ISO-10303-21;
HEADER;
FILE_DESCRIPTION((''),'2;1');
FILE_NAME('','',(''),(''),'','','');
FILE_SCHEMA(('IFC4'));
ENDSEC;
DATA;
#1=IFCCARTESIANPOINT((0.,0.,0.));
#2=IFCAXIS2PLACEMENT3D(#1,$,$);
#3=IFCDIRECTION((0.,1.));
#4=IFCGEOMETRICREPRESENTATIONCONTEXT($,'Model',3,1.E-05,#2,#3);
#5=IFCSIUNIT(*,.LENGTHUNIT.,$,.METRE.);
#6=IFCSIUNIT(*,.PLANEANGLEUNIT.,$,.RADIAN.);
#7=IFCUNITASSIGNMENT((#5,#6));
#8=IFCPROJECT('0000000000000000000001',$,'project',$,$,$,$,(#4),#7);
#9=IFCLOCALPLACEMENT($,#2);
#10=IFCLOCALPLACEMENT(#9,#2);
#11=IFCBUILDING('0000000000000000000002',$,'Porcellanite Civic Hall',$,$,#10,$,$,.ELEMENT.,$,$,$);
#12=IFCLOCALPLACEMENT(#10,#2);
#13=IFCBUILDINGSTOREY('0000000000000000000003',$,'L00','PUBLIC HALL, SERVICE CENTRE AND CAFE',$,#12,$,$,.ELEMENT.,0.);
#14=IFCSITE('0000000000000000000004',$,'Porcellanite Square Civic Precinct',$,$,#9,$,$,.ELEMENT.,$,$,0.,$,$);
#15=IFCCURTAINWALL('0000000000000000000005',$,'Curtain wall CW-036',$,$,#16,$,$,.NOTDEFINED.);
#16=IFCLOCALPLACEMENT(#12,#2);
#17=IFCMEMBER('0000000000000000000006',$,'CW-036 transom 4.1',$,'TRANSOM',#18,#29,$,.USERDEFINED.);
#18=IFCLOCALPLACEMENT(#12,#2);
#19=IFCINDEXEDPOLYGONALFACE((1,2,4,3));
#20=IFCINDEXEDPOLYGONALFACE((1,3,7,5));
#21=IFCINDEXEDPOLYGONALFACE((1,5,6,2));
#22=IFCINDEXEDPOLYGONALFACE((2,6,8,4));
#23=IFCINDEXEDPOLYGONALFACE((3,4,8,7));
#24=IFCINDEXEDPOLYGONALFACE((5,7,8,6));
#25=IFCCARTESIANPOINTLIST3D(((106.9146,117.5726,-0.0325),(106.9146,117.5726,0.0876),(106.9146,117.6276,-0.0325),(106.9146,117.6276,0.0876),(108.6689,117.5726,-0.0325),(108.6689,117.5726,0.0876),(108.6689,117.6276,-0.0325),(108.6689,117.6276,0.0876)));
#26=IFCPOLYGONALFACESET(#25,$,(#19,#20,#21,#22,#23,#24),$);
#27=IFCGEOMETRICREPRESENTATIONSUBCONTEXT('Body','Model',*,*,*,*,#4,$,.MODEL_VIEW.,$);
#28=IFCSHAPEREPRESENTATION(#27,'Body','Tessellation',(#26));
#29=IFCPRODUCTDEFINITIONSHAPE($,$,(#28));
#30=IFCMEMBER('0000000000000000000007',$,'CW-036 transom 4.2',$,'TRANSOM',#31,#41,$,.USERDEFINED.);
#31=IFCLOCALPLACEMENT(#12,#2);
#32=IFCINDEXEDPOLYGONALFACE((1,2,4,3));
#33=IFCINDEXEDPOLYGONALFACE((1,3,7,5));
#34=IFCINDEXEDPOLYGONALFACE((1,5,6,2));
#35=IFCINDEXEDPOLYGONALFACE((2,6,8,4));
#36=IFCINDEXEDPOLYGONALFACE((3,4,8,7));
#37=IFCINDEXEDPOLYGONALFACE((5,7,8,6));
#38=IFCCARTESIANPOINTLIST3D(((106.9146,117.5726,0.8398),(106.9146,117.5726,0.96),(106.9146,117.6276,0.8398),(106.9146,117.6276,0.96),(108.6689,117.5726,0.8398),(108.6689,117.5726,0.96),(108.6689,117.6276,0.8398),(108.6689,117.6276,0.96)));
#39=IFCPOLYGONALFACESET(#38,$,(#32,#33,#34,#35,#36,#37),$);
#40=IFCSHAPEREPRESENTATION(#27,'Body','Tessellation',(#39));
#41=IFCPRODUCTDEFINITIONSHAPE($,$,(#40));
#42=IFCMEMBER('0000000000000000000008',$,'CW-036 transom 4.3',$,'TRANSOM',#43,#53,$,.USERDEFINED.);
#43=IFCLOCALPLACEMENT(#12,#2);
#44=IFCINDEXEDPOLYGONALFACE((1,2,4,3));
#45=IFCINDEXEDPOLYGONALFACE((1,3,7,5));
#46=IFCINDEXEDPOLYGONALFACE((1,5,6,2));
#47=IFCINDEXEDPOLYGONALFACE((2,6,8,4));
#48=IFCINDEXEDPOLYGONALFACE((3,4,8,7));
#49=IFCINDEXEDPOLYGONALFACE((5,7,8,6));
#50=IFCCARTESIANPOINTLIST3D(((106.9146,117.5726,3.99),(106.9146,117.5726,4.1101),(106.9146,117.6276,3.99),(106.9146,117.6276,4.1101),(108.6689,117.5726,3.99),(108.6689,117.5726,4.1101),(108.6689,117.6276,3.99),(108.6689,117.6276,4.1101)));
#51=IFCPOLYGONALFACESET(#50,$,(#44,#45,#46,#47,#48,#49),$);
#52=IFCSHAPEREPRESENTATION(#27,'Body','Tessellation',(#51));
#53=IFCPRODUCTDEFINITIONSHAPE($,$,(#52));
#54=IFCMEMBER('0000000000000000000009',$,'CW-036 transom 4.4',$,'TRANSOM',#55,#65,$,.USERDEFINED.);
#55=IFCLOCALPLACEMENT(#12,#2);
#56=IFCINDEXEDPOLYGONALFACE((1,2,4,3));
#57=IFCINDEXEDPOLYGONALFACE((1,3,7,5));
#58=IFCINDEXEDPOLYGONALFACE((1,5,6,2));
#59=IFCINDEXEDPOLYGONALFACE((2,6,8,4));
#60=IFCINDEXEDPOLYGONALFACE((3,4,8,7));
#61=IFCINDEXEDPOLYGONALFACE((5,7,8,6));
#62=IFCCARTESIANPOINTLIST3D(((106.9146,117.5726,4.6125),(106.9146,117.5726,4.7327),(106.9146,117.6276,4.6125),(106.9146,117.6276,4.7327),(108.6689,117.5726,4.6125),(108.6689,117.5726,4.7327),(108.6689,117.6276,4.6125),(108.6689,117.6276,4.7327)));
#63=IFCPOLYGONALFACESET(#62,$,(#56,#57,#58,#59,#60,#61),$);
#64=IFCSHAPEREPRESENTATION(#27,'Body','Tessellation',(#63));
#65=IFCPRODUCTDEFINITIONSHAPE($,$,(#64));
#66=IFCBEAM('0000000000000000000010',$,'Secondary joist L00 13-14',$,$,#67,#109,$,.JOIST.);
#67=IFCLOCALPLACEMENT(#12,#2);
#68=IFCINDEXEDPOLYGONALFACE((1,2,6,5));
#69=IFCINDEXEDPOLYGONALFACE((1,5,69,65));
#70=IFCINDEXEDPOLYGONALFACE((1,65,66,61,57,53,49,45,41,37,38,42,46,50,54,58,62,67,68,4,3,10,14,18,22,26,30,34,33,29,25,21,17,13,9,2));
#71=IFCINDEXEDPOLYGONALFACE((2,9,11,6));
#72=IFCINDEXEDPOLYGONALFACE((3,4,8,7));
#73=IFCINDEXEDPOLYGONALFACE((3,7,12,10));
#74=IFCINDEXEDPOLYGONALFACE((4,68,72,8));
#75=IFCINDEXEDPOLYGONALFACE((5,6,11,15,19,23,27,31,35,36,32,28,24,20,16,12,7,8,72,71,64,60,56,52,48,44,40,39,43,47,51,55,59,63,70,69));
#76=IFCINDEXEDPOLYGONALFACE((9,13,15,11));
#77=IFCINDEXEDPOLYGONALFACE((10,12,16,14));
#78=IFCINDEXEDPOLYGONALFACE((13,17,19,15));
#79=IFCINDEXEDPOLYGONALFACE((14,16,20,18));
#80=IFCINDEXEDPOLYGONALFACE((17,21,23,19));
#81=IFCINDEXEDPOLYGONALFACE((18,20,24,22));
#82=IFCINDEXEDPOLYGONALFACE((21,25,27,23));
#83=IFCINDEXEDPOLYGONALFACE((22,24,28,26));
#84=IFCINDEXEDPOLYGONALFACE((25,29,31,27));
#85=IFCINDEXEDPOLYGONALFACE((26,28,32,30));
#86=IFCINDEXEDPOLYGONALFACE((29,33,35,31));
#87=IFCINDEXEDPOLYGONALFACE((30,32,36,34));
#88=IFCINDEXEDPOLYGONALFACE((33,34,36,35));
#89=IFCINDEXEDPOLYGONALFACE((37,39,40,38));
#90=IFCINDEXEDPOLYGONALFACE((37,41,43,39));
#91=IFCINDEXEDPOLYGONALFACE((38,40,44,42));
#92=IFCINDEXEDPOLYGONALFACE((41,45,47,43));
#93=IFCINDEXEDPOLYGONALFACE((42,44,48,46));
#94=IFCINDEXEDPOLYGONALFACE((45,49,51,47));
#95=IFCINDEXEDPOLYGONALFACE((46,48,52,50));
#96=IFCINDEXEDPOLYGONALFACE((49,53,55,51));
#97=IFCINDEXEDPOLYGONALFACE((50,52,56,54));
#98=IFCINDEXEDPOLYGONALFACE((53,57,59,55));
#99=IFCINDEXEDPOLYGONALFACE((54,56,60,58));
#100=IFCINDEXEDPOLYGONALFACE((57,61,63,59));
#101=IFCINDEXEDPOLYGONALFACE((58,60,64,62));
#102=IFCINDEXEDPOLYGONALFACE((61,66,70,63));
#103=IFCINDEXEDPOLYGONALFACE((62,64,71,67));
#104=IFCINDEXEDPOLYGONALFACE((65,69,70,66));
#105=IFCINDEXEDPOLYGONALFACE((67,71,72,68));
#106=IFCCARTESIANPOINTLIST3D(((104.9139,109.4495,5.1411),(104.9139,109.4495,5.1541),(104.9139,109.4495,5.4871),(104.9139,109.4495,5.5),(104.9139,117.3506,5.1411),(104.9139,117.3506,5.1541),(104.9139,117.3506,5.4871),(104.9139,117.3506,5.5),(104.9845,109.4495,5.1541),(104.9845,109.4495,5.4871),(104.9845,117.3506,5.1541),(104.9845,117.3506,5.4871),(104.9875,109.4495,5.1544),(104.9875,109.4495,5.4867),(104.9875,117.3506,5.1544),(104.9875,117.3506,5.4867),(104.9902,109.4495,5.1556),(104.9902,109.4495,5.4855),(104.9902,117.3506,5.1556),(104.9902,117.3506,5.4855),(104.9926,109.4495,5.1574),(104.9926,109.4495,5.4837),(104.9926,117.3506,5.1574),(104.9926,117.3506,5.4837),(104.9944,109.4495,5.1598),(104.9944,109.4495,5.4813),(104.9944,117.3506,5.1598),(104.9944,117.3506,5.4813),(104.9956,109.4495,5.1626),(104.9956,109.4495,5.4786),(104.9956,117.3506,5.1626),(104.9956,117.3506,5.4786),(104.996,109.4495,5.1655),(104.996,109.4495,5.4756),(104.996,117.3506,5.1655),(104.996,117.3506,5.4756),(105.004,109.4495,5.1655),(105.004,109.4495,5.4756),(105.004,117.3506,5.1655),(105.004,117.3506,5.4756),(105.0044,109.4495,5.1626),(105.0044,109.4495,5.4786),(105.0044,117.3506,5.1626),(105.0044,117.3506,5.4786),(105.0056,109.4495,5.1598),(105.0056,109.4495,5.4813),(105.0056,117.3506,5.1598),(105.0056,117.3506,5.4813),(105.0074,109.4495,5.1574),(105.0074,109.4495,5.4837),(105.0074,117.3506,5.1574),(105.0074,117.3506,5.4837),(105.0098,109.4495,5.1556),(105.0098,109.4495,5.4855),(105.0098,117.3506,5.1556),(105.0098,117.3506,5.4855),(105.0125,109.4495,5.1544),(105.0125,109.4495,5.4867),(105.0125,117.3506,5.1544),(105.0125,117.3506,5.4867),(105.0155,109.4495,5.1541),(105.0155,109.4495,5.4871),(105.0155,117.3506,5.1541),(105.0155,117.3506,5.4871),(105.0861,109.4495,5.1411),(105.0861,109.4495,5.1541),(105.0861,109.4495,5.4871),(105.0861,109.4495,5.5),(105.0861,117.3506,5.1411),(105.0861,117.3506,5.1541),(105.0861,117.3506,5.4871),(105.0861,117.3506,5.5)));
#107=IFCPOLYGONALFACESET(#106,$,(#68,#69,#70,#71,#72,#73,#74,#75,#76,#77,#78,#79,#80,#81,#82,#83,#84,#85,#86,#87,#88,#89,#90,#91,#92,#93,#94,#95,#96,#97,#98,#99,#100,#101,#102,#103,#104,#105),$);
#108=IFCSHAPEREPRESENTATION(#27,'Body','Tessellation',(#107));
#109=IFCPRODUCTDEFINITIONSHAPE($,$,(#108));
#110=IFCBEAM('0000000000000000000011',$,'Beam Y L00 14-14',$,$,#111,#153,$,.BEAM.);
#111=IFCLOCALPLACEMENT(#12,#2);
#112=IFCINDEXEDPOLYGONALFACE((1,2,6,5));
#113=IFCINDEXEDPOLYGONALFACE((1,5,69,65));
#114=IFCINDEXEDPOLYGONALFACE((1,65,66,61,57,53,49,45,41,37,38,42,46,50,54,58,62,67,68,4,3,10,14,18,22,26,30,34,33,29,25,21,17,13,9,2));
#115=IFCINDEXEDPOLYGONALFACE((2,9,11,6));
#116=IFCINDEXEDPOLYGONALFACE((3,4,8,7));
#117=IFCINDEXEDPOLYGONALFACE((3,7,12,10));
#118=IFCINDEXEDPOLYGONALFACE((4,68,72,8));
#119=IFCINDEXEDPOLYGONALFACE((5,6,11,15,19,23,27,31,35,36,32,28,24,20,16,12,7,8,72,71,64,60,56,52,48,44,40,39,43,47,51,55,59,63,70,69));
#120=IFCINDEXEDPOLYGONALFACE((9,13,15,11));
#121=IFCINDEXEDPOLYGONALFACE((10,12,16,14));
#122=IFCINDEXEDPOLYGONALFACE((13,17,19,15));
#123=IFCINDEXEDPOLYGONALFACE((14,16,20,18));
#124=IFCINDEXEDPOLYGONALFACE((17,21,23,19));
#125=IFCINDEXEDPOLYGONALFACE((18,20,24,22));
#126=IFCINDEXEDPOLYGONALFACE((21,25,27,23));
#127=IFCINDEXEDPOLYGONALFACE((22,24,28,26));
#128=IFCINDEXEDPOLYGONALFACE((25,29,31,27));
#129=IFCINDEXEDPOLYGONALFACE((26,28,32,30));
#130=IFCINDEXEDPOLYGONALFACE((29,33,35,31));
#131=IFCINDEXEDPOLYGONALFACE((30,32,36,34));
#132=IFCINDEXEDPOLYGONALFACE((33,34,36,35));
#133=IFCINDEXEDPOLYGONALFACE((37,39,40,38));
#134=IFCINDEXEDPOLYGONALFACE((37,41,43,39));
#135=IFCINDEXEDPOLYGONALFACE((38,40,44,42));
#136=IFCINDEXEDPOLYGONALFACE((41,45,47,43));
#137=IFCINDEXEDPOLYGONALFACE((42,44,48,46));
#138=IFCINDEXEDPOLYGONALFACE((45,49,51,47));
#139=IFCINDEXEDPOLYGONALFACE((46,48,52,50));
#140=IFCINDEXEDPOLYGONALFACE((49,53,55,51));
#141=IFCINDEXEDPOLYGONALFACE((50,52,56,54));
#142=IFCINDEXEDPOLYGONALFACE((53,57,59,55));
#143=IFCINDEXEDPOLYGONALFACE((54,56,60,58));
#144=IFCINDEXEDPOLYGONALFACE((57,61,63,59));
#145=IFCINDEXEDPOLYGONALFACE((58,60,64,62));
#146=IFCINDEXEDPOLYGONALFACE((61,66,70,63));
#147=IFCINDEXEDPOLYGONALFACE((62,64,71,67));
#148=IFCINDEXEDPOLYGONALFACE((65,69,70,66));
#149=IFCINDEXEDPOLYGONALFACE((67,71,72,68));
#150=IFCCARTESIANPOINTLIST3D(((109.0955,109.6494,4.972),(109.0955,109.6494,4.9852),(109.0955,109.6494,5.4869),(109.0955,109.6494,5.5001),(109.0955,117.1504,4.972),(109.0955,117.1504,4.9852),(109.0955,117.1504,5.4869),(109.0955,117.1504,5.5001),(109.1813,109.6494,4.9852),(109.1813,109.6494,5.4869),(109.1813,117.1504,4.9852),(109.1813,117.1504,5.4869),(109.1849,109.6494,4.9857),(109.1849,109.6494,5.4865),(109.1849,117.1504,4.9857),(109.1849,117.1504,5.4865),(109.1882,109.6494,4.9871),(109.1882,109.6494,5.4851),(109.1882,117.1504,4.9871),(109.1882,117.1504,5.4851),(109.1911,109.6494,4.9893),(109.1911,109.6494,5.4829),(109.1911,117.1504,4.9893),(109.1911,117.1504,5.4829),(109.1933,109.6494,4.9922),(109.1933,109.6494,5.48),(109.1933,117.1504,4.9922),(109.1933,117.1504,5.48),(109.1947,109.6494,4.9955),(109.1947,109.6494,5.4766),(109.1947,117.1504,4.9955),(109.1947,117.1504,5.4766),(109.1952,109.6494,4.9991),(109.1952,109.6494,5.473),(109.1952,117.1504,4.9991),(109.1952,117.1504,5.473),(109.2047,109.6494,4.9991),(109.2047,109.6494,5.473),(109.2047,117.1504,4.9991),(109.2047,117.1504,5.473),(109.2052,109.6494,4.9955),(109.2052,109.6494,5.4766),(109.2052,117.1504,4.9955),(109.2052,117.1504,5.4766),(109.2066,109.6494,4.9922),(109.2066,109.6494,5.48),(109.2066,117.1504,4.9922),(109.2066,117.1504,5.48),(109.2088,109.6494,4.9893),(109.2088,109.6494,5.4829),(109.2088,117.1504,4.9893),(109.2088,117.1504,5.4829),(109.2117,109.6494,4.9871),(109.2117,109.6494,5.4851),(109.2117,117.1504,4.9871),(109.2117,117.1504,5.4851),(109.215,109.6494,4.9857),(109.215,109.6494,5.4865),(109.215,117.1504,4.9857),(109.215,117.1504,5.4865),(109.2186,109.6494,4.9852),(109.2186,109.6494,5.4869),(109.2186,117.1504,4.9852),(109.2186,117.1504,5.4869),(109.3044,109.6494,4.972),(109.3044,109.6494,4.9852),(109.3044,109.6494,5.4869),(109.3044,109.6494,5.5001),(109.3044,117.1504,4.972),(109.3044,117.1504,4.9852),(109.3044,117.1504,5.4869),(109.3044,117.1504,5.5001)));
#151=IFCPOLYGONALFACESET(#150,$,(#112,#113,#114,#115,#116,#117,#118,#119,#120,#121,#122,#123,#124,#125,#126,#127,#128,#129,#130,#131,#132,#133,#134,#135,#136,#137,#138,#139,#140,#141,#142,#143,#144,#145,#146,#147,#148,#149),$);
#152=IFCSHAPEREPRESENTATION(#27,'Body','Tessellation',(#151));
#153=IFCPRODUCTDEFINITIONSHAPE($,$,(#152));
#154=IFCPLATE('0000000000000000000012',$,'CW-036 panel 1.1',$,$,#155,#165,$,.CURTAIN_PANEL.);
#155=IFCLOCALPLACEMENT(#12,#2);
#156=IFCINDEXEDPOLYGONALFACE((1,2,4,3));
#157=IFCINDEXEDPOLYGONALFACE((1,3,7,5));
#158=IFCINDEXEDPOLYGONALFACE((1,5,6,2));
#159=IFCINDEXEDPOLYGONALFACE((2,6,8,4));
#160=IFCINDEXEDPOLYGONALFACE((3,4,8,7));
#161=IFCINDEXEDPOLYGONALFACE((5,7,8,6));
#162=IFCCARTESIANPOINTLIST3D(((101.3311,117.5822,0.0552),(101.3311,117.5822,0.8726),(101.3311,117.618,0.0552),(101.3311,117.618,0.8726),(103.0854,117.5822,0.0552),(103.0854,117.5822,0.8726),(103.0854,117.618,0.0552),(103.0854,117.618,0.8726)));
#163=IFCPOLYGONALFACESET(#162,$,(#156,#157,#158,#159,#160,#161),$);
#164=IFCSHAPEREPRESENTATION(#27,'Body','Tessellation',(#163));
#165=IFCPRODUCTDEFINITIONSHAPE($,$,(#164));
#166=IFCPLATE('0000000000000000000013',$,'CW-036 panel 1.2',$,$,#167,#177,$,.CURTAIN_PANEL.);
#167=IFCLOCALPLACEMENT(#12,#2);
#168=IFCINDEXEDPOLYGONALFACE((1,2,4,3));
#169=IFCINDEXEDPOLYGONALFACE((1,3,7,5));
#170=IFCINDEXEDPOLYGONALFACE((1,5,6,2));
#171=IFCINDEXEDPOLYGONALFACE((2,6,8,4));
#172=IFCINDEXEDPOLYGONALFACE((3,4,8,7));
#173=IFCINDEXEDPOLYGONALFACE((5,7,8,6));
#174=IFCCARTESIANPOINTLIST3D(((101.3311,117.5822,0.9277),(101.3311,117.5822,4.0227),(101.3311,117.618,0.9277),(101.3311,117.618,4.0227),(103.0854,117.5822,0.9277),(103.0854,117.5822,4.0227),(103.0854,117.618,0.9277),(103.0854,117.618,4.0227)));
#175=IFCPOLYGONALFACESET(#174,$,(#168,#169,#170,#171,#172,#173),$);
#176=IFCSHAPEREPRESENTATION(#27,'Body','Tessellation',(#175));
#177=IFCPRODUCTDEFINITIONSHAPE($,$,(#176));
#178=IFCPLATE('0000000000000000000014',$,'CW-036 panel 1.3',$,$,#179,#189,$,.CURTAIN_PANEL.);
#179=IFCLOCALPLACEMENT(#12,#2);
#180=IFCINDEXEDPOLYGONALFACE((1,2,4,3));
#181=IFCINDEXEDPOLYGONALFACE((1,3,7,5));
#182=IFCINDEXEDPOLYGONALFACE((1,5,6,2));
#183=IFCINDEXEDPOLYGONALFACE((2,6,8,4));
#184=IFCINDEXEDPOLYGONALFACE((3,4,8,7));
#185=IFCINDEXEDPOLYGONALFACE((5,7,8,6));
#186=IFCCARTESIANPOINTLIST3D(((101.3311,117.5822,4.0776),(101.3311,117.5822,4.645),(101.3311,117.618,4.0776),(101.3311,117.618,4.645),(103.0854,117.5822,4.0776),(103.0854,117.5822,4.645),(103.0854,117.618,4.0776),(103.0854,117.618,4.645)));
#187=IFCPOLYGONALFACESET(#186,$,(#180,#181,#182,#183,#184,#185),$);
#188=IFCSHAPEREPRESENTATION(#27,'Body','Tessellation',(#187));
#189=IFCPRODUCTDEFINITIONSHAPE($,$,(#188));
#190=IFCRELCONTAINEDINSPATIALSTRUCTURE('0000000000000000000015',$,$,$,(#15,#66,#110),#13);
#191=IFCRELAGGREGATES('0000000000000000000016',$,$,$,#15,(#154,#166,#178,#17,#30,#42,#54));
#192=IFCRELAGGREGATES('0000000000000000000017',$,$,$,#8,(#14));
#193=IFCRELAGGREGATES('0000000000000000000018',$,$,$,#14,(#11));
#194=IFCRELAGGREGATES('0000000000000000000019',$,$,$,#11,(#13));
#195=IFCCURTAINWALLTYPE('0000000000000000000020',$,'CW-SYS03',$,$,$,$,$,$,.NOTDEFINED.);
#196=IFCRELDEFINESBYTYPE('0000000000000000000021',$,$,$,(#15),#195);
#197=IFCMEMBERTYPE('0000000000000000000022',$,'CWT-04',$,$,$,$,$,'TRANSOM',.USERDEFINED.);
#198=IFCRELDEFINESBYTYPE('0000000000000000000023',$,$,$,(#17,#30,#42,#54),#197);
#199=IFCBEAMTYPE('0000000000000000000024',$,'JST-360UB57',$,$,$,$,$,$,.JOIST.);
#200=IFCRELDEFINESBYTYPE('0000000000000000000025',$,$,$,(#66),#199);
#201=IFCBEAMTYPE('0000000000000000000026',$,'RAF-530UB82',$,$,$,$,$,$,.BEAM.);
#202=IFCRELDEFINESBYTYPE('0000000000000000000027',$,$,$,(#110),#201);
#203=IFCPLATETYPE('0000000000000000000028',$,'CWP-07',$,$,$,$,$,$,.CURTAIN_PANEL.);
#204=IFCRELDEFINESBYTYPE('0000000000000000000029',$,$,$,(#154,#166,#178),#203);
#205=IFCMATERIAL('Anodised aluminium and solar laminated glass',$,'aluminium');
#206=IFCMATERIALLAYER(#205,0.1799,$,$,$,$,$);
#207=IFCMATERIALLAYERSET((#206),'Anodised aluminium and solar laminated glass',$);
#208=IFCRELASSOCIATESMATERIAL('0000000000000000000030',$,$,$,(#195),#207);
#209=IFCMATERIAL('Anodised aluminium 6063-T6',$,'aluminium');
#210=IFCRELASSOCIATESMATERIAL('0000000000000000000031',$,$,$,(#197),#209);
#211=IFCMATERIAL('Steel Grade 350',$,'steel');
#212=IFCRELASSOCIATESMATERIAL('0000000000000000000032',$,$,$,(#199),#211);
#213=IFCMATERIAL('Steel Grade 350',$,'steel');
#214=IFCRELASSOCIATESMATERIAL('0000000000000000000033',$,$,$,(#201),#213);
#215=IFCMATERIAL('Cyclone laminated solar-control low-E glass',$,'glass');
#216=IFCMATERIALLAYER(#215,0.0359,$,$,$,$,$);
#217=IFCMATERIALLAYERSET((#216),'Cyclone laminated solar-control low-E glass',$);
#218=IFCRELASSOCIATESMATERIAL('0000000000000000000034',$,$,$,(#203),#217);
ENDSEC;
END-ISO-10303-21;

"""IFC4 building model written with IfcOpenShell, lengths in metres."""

from ifc_helpers import new_model, si_unit, direction, frame, origin, origin_2d, place, context, subcontext, project, spatial, rectangle, i_section, extrude, material, layer, layer_set, material_profile, profile_set, type_object, element, aggregate, save


model = new_model("IFC4")

# Units and contexts
model_context = context("Model", 3, precision=1e-05, world=origin(), true_north=direction((0.0, 1.0)))
body_context = subcontext(model_context, "Body", "Model", "MODEL_VIEW")
ifc_project = project(units=[si_unit("LENGTHUNIT", "METRE"), si_unit("PLANEANGLEUNIT", "RADIAN")], contexts=[model_context])

# Site, building, storey
site_placement = place(None, origin())
site = spatial("IfcSite", under=ifc_project, at=site_placement, Name="Porcellanite Square Civic Precinct", CompositionType="ELEMENT", RefElevation=0.0)
building_placement = place(site_placement, origin())
building = spatial("IfcBuilding", under=site, at=building_placement, Name="Porcellanite Civic Hall", CompositionType="ELEMENT")
storey_placement = place(building_placement, origin())
storey = spatial("IfcBuildingStorey", under=building, at=storey_placement, Name="L00", Description="PUBLIC HALL, SERVICE CENTRE AND CAFE", CompositionType="ELEMENT", Elevation=0.0)

# Curtain wall, members
ifc_material_1 = material(Name="Anodised aluminium and solar laminated glass", Category="aluminium")
ifc_layer_1 = layer(ifc_material_1, 0.1799)
ifc_layer_set_1 = layer_set([ifc_layer_1], Name="Anodised aluminium and solar laminated glass")
curtain_wall_type = type_object("IfcCurtainWallType", Name="CW-SYS03", PredefinedType="NOTDEFINED", material=ifc_layer_set_1)
curtain_wall_placement = place(storey_placement, origin())
curtain_wall = element("IfcCurtainWall", 1, at=curtain_wall_placement, inside=storey, type_object=curtain_wall_type, Name="Curtain wall CW-036", PredefinedType="NOTDEFINED")
ifc_material_2 = material(Name="Anodised aluminium 6063-T6", Category="aluminium")
ifc_material_profile_1 = material_profile(ifc_material_2, rectangle(XDim=0.0549, YDim=0.1201, at=origin_2d()), Name="AL-55x120")
ifc_profile_set_1 = profile_set([ifc_material_profile_1], Name="Anodised aluminium 6063-T6")
member_type_1 = type_object("IfcMemberType", Name="CWT-04", ElementType="TRANSOM", PredefinedType="USERDEFINED", material=ifc_profile_set_1)
member_1_placement = place(storey_placement, frame((106.9146, 117.6001, 0.0276), z_axis=(1.0, 0.0, 0.0), x_axis=(0.0, 1.0, 0.0)))
member_1 = element("IfcMember", 2, at=member_1_placement, type_object=member_type_1, Name="CW-036 transom 4.1", ObjectType="TRANSOM", PredefinedType="USERDEFINED", context=body_context, shape_type="SweptSolid", body=[
    extrude(rectangle(XDim=0.0549, YDim=0.1201, at=origin_2d()), origin(), (0.0, 0.0, 1.0), 1.7544),
])
member_2_placement = place(storey_placement, frame((106.9146, 117.6001, 0.8999), z_axis=(1.0, 0.0, 0.0), x_axis=(0.0, 1.0, 0.0)))
member_2 = element("IfcMember", 3, at=member_2_placement, type_object=member_type_1, Name="CW-036 transom 4.2", ObjectType="TRANSOM", PredefinedType="USERDEFINED", context=body_context, shape_type="SweptSolid", body=[
    extrude(rectangle(XDim=0.0549, YDim=0.1201, at=origin_2d()), origin(), (0.0, 0.0, 1.0), 1.7544),
])
member_3_placement = place(storey_placement, frame((106.9146, 117.6001, 4.05), z_axis=(1.0, 0.0, 0.0), x_axis=(0.0, 1.0, 0.0)))
member_3 = element("IfcMember", 4, at=member_3_placement, type_object=member_type_1, Name="CW-036 transom 4.3", ObjectType="TRANSOM", PredefinedType="USERDEFINED", context=body_context, shape_type="SweptSolid", body=[
    extrude(rectangle(XDim=0.0549, YDim=0.1201, at=origin_2d()), origin(), (0.0, 0.0, 1.0), 1.7544),
])
member_4_placement = place(storey_placement, frame((106.9146, 117.6001, 4.6726), z_axis=(1.0, 0.0, 0.0), x_axis=(0.0, 1.0, 0.0)))
member_4 = element("IfcMember", 5, at=member_4_placement, type_object=member_type_1, Name="CW-036 transom 4.4", ObjectType="TRANSOM", PredefinedType="USERDEFINED", context=body_context, shape_type="SweptSolid", body=[
    extrude(rectangle(XDim=0.0549, YDim=0.1201, at=origin_2d()), origin(), (0.0, 0.0, 1.0), 1.7544),
])

# Beams
ifc_material_3 = material(Name="Steel Grade 350", Category="steel")
ifc_material_profile_2 = material_profile(ifc_material_3, i_section(OverallWidth=0.1721, OverallDepth=0.3589, WebThickness=0.0081, FlangeThickness=0.0129, FilletRadius=0.0115, at=origin_2d()), Name="360UB56.7")
ifc_profile_set_2 = profile_set([ifc_material_profile_2], Name="Steel Grade 350")
beam_type_1 = type_object("IfcBeamType", Name="JST-360UB57", PredefinedType="JOIST", material=ifc_profile_set_2)
beam_1_placement = place(storey_placement, frame((105.0, 109.4495, 5.3206), z_axis=(0.0, 1.0, 0.0), x_axis=(-1.0, 0.0, 0.0)))
element("IfcBeam", 6, at=beam_1_placement, inside=storey, type_object=beam_type_1, Name="Secondary joist L00 13-14", PredefinedType="JOIST", context=body_context, shape_type="SweptSolid", body=[
    extrude(i_section(OverallWidth=0.1721, OverallDepth=0.3589, WebThickness=0.0081, FlangeThickness=0.0129, FilletRadius=0.0115, at=origin_2d()), origin(), (0.0, 0.0, 1.0), 7.9011),
])
ifc_material_4 = material(Name="Steel Grade 350", Category="steel")
ifc_material_profile_3 = material_profile(ifc_material_4, i_section(OverallWidth=0.209, OverallDepth=0.5281, WebThickness=0.0095, FlangeThickness=0.0132, FilletRadius=0.0139, at=origin_2d()), Name="530UB82.0")
ifc_profile_set_3 = profile_set([ifc_material_profile_3], Name="Steel Grade 350")
beam_type_2 = type_object("IfcBeamType", Name="RAF-530UB82", PredefinedType="BEAM", material=ifc_profile_set_3)
beam_2_placement = place(storey_placement, frame((109.2, 109.6494, 5.2361), z_axis=(0.0, 1.0, 0.0), x_axis=(-1.0, 0.0, 0.0)))
element("IfcBeam", 7, at=beam_2_placement, inside=storey, type_object=beam_type_2, Name="Beam Y L00 14-14", PredefinedType="BEAM", context=body_context, shape_type="SweptSolid", body=[
    extrude(i_section(OverallWidth=0.209, OverallDepth=0.5281, WebThickness=0.0095, FlangeThickness=0.0132, FilletRadius=0.0139, at=origin_2d()), origin(), (0.0, 0.0, 1.0), 7.501),
])

# Plates
ifc_material_5 = material(Name="Cyclone laminated solar-control low-E glass", Category="glass")
ifc_layer_2 = layer(ifc_material_5, 0.0359)
ifc_layer_set_2 = layer_set([ifc_layer_2], Name="Cyclone laminated solar-control low-E glass")
plate_type = type_object("IfcPlateType", Name="CWP-07", PredefinedType="CURTAIN_PANEL", material=ifc_layer_set_2)
plate_1_placement = place(storey_placement, frame((102.2083, 117.6001, 0.0552), z_axis=(0.0, 0.0, 1.0), x_axis=(1.0, 0.0, 0.0)))
plate_1 = element("IfcPlate", 8, at=plate_1_placement, type_object=plate_type, Name="CW-036 panel 1.1", PredefinedType="CURTAIN_PANEL", context=body_context, shape_type="SweptSolid", body=[
    extrude(rectangle(XDim=1.7544, YDim=0.0359, at=origin_2d()), origin(), (0.0, 0.0, 1.0), 0.8174),
])
plate_2_placement = place(storey_placement, frame((102.2083, 117.6001, 0.9277), z_axis=(0.0, 0.0, 1.0), x_axis=(1.0, 0.0, 0.0)))
plate_2 = element("IfcPlate", 9, at=plate_2_placement, type_object=plate_type, Name="CW-036 panel 1.2", PredefinedType="CURTAIN_PANEL", context=body_context, shape_type="SweptSolid", body=[
    extrude(rectangle(XDim=1.7544, YDim=0.0359, at=origin_2d()), origin(), (0.0, 0.0, 1.0), 3.095),
])
plate_3_placement = place(storey_placement, frame((102.2083, 117.6001, 4.0776), z_axis=(0.0, 0.0, 1.0), x_axis=(1.0, 0.0, 0.0)))
plate_3 = element("IfcPlate", 10, at=plate_3_placement, type_object=plate_type, Name="CW-036 panel 1.3", PredefinedType="CURTAIN_PANEL", context=body_context, shape_type="SweptSolid", body=[
    extrude(rectangle(XDim=1.7544, YDim=0.0359, at=origin_2d()), origin(), (0.0, 0.0, 1.0), 0.5674),
])
aggregate(curtain_wall, [plate_1, plate_2, plate_3, member_1, member_2, member_3, member_4])

save(model, "model.ifc")
